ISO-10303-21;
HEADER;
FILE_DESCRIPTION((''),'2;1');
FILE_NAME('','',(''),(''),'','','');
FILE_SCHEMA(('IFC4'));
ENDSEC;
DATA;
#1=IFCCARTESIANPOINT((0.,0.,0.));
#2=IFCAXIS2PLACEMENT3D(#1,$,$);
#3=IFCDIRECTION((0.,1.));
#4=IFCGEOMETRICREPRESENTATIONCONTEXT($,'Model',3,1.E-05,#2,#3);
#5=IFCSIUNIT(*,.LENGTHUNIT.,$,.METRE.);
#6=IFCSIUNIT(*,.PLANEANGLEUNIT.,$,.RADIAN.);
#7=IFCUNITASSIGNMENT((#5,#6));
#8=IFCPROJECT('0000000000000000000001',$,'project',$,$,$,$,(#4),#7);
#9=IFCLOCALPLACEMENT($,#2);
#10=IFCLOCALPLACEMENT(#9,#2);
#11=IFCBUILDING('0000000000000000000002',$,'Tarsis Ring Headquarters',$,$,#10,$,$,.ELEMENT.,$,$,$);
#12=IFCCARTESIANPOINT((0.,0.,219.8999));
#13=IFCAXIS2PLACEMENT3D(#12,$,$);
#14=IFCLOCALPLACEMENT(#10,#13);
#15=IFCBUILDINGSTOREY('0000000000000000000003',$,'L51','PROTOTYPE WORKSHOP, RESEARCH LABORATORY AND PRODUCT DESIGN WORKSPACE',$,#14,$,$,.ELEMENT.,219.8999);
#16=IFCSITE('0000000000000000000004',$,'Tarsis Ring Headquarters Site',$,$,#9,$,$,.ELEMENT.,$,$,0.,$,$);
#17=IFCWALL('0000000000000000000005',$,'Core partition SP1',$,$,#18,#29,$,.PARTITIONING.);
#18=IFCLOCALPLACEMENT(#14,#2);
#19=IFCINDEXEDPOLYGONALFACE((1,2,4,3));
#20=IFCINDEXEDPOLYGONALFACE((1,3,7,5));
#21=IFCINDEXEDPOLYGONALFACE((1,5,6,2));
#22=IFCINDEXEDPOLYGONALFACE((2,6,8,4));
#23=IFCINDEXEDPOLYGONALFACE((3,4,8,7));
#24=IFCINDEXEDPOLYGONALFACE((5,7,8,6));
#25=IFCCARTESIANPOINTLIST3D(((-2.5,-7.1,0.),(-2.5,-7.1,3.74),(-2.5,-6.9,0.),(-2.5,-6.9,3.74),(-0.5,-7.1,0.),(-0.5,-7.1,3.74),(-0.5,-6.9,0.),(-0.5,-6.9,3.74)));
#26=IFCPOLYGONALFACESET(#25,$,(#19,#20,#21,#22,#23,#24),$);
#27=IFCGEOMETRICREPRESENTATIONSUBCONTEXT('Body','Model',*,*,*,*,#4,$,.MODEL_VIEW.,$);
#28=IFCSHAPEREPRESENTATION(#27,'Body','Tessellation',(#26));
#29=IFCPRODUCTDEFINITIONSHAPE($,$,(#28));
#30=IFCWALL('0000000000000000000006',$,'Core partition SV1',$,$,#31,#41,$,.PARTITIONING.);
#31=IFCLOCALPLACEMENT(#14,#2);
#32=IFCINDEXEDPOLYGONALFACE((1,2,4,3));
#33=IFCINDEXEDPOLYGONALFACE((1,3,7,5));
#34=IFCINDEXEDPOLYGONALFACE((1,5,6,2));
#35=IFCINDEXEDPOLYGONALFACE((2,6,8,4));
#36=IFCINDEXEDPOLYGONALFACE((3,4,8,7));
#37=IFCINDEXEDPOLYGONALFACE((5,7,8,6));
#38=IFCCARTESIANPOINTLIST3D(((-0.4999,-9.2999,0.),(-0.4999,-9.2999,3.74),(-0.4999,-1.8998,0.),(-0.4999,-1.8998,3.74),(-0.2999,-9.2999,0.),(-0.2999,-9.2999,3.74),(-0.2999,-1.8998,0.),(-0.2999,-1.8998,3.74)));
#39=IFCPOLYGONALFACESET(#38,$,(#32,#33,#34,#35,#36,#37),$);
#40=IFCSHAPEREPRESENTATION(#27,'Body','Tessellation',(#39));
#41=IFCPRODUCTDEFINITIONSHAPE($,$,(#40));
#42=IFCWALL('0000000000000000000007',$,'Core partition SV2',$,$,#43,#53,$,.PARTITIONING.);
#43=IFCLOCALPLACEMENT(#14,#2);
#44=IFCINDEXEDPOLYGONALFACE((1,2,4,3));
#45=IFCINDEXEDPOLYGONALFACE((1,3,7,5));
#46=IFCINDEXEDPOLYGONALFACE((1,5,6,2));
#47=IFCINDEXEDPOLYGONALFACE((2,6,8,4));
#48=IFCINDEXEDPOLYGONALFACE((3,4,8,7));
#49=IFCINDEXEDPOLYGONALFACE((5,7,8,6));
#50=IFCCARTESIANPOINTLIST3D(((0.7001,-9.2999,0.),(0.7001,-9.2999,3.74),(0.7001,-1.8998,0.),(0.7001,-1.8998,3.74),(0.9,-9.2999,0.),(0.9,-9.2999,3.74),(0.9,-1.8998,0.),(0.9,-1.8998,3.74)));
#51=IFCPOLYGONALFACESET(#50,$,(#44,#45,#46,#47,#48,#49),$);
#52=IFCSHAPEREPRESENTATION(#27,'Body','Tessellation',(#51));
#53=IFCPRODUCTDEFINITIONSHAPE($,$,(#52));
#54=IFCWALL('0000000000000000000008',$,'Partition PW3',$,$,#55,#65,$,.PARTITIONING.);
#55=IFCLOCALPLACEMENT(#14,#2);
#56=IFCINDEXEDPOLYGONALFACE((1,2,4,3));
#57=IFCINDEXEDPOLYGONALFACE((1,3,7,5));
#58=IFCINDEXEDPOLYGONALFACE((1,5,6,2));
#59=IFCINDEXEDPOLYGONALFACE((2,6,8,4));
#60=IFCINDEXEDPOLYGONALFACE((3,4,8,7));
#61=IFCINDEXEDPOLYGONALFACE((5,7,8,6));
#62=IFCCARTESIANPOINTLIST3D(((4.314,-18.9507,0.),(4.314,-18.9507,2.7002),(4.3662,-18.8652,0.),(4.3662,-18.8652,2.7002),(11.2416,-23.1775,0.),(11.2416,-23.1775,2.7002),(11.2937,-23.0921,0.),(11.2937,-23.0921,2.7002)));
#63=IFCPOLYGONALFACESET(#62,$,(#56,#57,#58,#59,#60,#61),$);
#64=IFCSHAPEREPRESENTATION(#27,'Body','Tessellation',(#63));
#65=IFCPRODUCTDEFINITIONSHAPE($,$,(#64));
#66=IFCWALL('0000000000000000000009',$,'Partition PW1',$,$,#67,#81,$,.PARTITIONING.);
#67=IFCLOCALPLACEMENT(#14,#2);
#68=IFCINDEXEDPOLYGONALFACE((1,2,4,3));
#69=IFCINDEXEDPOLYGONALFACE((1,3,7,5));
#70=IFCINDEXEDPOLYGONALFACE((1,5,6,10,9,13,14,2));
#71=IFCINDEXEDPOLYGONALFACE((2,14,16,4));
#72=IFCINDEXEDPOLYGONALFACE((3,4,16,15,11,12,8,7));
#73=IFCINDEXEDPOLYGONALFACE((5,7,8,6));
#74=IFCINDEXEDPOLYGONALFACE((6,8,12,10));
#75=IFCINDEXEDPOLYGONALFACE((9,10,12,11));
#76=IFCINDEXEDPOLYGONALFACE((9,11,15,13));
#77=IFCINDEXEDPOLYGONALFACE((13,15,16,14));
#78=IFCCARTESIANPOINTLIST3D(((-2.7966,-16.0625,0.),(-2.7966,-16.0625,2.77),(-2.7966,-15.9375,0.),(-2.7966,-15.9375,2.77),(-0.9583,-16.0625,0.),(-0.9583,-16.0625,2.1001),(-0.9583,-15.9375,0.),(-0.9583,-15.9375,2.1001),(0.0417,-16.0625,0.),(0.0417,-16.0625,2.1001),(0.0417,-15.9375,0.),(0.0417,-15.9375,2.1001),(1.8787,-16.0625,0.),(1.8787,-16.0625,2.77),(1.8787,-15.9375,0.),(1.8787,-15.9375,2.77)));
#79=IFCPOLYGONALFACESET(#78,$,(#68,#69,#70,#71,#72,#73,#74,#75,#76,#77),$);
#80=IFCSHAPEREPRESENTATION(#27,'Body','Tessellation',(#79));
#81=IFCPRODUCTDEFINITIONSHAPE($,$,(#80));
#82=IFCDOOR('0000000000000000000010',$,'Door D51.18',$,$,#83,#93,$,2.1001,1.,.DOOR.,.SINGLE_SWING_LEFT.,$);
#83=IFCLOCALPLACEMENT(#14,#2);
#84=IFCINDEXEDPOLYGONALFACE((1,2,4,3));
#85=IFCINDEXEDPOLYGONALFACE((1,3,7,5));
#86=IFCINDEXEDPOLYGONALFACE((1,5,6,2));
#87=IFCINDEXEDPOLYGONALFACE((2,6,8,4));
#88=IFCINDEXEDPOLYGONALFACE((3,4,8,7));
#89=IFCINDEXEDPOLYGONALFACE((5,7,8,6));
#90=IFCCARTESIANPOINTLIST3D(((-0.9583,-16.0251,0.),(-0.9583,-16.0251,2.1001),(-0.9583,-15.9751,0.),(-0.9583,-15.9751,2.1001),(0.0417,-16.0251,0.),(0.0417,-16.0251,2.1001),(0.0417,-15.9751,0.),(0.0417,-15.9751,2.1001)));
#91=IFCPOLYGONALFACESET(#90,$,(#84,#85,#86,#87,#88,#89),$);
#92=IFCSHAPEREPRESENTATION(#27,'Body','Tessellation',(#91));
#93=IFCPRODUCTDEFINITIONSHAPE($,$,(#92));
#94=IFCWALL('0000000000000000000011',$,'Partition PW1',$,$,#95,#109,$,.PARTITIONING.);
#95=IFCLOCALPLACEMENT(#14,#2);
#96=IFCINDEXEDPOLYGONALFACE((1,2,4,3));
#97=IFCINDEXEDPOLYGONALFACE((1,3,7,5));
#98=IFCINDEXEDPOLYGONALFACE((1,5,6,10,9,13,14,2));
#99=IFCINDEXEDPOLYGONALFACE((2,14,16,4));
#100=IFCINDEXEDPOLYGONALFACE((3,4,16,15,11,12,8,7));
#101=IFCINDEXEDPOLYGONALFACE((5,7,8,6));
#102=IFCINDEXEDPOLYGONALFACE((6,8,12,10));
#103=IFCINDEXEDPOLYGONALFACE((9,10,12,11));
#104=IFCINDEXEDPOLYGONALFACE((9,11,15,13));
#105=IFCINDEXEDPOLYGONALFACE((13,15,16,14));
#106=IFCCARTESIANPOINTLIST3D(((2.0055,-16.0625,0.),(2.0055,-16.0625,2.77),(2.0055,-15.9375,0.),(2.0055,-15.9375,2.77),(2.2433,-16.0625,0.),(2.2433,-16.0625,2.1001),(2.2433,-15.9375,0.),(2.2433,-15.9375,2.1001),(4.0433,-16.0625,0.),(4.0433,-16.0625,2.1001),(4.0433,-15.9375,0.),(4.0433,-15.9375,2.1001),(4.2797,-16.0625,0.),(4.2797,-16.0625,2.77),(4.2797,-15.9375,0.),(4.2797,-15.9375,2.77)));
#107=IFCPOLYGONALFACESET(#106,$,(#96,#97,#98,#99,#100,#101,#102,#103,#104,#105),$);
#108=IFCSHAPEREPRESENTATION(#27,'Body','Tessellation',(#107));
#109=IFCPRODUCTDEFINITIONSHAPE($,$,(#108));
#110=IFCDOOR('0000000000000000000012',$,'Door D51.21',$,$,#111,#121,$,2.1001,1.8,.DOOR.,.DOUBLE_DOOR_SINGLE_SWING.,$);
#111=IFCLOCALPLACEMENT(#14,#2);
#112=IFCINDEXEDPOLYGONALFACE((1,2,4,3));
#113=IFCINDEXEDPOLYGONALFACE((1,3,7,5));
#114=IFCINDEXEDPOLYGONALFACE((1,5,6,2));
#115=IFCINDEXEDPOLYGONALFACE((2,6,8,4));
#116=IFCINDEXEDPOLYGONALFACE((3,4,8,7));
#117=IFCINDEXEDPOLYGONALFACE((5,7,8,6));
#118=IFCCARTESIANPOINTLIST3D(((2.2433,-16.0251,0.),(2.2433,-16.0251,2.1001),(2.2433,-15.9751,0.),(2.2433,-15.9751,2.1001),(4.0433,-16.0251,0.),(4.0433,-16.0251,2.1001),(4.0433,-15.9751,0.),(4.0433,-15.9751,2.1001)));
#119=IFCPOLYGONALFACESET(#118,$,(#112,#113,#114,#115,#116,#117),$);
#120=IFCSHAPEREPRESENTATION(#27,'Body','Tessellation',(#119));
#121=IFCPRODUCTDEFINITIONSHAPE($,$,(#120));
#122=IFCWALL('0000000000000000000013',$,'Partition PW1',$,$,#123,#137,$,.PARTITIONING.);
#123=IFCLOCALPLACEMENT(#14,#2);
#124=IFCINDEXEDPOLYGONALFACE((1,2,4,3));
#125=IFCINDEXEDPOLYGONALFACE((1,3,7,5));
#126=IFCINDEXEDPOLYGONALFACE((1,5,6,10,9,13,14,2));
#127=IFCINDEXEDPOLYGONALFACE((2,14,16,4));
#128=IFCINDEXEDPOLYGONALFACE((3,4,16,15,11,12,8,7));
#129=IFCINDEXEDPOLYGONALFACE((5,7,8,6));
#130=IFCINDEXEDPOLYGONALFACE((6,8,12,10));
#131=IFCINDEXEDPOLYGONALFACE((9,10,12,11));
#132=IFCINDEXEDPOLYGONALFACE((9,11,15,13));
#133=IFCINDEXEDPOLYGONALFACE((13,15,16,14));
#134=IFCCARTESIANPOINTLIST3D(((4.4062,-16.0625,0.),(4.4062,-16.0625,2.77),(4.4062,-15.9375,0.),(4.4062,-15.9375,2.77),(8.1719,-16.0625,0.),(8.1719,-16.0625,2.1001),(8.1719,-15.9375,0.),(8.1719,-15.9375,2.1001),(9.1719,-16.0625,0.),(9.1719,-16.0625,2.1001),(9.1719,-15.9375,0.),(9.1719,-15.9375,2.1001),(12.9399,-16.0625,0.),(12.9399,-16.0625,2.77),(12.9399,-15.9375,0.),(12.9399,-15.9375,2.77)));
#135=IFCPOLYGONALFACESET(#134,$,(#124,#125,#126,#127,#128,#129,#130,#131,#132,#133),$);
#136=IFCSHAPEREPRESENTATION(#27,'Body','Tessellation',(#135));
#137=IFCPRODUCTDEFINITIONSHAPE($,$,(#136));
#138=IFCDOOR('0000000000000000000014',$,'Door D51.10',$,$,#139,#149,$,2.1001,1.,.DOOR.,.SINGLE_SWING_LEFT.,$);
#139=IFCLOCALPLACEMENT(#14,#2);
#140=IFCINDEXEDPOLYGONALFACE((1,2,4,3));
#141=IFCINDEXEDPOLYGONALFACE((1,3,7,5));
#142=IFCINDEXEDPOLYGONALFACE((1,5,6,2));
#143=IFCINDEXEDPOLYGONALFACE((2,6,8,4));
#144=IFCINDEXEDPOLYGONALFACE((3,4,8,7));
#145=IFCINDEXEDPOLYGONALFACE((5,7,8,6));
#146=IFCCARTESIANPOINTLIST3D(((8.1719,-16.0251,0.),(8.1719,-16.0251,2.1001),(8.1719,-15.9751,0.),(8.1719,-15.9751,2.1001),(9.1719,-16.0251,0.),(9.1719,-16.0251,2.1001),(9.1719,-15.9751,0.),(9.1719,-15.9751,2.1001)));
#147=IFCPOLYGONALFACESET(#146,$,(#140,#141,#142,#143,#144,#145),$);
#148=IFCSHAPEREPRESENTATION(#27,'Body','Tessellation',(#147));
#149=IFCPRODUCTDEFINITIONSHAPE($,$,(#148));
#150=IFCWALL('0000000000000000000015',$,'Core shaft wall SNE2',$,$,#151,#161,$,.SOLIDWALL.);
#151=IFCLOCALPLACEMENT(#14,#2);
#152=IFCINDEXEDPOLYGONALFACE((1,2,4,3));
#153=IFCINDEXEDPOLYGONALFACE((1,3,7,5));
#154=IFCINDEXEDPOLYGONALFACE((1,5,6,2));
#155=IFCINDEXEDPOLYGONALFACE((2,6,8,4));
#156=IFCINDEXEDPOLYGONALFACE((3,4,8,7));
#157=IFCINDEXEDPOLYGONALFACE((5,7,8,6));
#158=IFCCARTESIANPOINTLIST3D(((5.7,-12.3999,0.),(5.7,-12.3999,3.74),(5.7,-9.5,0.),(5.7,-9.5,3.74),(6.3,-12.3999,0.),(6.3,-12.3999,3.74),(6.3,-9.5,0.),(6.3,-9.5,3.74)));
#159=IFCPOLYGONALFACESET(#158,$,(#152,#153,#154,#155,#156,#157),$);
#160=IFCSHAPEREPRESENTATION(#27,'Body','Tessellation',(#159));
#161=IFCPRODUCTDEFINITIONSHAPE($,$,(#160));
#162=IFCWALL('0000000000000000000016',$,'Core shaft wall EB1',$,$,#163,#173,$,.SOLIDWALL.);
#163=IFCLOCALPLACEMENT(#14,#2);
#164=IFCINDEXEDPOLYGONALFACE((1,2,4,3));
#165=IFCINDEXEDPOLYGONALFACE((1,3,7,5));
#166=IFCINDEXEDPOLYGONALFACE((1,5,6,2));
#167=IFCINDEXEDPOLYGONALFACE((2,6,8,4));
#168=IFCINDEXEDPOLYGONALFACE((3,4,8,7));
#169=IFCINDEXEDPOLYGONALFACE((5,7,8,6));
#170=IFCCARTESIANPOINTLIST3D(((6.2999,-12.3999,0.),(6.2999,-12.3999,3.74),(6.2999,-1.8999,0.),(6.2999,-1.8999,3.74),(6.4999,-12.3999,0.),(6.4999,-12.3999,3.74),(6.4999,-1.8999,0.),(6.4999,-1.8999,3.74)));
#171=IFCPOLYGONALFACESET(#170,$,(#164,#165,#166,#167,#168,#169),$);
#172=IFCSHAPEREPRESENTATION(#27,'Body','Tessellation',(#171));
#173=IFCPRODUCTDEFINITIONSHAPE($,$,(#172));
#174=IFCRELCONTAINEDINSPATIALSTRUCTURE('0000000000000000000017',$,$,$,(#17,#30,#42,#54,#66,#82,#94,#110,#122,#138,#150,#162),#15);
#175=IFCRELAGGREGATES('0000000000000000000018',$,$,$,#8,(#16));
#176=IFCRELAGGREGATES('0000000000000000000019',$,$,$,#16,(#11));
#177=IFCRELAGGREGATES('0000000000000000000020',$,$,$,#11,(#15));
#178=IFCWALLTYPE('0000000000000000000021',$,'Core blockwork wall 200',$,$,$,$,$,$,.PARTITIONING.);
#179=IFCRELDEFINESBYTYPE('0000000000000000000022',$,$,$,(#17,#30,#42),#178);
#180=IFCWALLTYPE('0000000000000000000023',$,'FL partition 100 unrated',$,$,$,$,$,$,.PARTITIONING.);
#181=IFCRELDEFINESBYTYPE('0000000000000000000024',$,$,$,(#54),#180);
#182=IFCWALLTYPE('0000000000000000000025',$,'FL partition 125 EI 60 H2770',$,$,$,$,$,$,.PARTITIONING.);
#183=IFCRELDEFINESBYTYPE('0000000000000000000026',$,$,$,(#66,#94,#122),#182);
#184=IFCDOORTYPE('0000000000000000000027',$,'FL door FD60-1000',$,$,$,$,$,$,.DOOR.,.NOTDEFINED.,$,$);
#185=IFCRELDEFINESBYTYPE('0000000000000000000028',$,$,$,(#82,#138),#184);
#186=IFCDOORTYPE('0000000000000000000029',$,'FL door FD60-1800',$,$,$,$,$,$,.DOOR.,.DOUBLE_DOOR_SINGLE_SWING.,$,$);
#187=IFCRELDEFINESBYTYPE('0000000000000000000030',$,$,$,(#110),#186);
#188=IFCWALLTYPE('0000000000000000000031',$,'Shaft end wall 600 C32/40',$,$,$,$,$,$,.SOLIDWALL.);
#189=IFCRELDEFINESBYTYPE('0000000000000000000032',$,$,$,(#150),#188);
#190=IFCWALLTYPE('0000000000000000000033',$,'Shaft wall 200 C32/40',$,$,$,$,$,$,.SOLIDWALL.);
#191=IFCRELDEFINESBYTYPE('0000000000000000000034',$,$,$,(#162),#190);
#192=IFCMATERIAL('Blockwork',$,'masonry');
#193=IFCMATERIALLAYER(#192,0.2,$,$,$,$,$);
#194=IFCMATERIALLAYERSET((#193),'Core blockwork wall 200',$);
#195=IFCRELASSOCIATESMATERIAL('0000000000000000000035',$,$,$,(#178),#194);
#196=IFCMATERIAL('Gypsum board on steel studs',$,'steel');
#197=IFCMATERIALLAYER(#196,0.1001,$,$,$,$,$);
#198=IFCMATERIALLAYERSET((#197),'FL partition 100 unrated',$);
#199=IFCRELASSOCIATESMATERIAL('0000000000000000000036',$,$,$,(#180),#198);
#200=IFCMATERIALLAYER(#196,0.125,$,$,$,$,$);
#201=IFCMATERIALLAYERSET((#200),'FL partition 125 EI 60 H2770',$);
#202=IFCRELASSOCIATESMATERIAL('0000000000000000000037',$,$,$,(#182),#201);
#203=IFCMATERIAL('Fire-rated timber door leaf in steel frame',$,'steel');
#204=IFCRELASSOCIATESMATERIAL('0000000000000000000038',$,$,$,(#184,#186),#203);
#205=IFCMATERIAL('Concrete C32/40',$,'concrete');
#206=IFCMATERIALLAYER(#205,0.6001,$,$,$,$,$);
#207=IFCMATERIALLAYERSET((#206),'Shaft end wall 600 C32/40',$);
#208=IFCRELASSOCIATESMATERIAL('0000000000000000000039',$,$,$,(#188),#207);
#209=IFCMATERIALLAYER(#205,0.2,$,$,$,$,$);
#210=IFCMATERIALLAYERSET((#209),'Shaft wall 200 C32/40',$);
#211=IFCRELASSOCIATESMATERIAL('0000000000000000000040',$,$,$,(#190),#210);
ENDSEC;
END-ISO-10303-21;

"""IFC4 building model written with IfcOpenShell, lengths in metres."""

from ifc_helpers import new_model, si_unit, direction, frame, frame_2d, origin, place, context, subcontext, project, spatial, rectangle, extrude, material, layer, layer_set, type_object, element, fill, save


model = new_model("IFC4")

# Units and contexts
model_context = context("Model", 3, precision=1e-05, world=origin(), true_north=direction((0.0, 1.0)))
body_context = subcontext(model_context, "Body", "Model", "MODEL_VIEW")
ifc_project = project(units=[si_unit("LENGTHUNIT", "METRE"), si_unit("PLANEANGLEUNIT", "RADIAN")], contexts=[model_context])

# Site, building, storey
site_placement = place(None, origin())
site = spatial("IfcSite", under=ifc_project, at=site_placement, Name="Tarsis Ring Headquarters Site", CompositionType="ELEMENT", RefElevation=0.0)
building_placement = place(site_placement, origin())
building = spatial("IfcBuilding", under=site, at=building_placement, Name="Tarsis Ring Headquarters", CompositionType="ELEMENT")
storey_placement = place(building_placement, frame((0.0, 0.0, 219.8999)))
storey = spatial("IfcBuildingStorey", under=building, at=storey_placement, Name="L51", Description="PROTOTYPE WORKSHOP, RESEARCH LABORATORY AND PRODUCT DESIGN WORKSPACE", CompositionType="ELEMENT", Elevation=219.8999)

# Walls
ifc_material_1 = material(Name="Blockwork", Category="masonry")
ifc_layer_1 = layer(ifc_material_1, 0.2)
ifc_layer_set_1 = layer_set([ifc_layer_1], Name="Core blockwork wall 200")
wall_type_1 = type_object("IfcWallType", Name="Core blockwork wall 200", PredefinedType="PARTITIONING", material=ifc_layer_set_1)
wall_1_placement = place(storey_placement, frame((-2.5, -7.0, 0.0), z_axis=(0.0, 0.0, 1.0), x_axis=(1.0, 0.0, 0.0)))
element("IfcWall", 1, at=wall_1_placement, inside=storey, type_object=wall_type_1, Name="Core partition SP1", PredefinedType="PARTITIONING", context=body_context, shape_type="SweptSolid", body=[
    extrude(rectangle(XDim=2.0, YDim=0.2, at=frame_2d((1.0, 0.0))), origin(), (0.0, 0.0, 1.0), 3.74),
])
for number, where, z_axis, x_axis, name in (
    (2, (-0.3999, -9.3, 0.0), (0.0, 0.0, 1.0), (0.0, 1.0, 0.0), "Core partition SV1"),
    (3, (0.8, -9.3, 0.0), (0.0, 0.0, 1.0), (0.0, 1.0, 0.0), "Core partition SV2"),
):
    element("IfcWall", number, at=place(storey_placement, frame(where, z_axis=z_axis, x_axis=x_axis)), inside=storey, type_object=wall_type_1, Name=name, PredefinedType="PARTITIONING", context=body_context, shape_type="SweptSolid", body=[
        extrude(rectangle(XDim=7.4001, YDim=0.2, at=frame_2d((3.7002, 0.0))), origin(), (0.0, 0.0, 1.0), 3.74),
    ])
ifc_material_2 = material(Name="Gypsum board on steel studs", Category="steel")
ifc_layer_2 = layer(ifc_material_2, 0.1001)
ifc_layer_set_2 = layer_set([ifc_layer_2], Name="FL partition 100 unrated")
wall_type_2 = type_object("IfcWallType", Name="FL partition 100 unrated", PredefinedType="PARTITIONING", material=ifc_layer_set_2)
wall_2_placement = place(storey_placement, frame((4.3401, -18.908, 0.0), z_axis=(0.0, 0.0, 1.0), x_axis=(0.853647, -0.520852, 0.0)))
element("IfcWall", 4, at=wall_2_placement, inside=storey, type_object=wall_type_2, Name="Partition PW3", PredefinedType="PARTITIONING", context=body_context, shape_type="SweptSolid", body=[
    extrude(rectangle(XDim=8.1152, YDim=0.1001, at=frame_2d((4.0576, 0.0))), origin(), (0.0, 0.0, 1.0), 2.7002),
])

# Walls, openings, doors
ifc_layer_3 = layer(ifc_material_2, 0.125)
ifc_layer_set_3 = layer_set([ifc_layer_3], Name="FL partition 125 EI 60 H2770")
wall_type_3 = type_object("IfcWallType", Name="FL partition 125 EI 60 H2770", PredefinedType="PARTITIONING", material=ifc_layer_set_3)
wall_3_placement = place(storey_placement, frame((-2.7966, -16.0, 0.0), z_axis=(0.0, 0.0, 1.0), x_axis=(1.0, 0.0, 0.0)))
wall_3 = element("IfcWall", 5, at=wall_3_placement, inside=storey, type_object=wall_type_3, Name="Partition PW1", PredefinedType="PARTITIONING", context=body_context, shape_type="SweptSolid", body=[
    extrude(rectangle(XDim=4.6753, YDim=0.125, at=frame_2d((2.3376, 0.0))), origin(), (0.0, 0.0, 1.0), 2.77),
])
opening_1_placement = place(wall_3_placement, frame((1.8384, 0.0, 0.0)))
opening_1 = element("IfcOpeningElement", 6, at=opening_1_placement, cuts=wall_3, PredefinedType="OPENING", context=body_context, shape_type="SweptSolid", body=[
    extrude(rectangle(XDim=1.0, YDim=2.1001, at=frame_2d((0.5, 1.05))), frame((0.0, 0.0725, 0.0), z_axis=(0.0, -1.0, 0.0), x_axis=(1.0, 0.0, 0.0)), (0.0, 0.0, 1.0), 0.145),
])
ifc_material_3 = material(Name="Fire-rated timber door leaf in steel frame", Category="steel")
door_type_1 = type_object("IfcDoorType", Name="FL door FD60-1000", OperationType="NOTDEFINED", PredefinedType="DOOR", material=ifc_material_3)
door_1_placement = place(opening_1_placement, origin())
door_1 = element("IfcDoor", 7, at=door_1_placement, inside=storey, type_object=door_type_1, Name="Door D51.18", OperationType="SINGLE_SWING_LEFT", OverallHeight=2.1001, OverallWidth=1.0, PredefinedType="DOOR", context=body_context, shape_type="SweptSolid", body=[
    extrude(rectangle(XDim=1.0, YDim=2.1001, at=frame_2d((0.5, 1.05))), frame((0.0, 0.0249, 0.0), z_axis=(0.0, -1.0, 0.0), x_axis=(1.0, 0.0, 0.0)), (0.0, 0.0, 1.0), 0.05),
])
fill(opening_1, door_1)
wall_4_placement = place(storey_placement, frame((2.0054, -16.0, 0.0), z_axis=(0.0, 0.0, 1.0), x_axis=(1.0, 0.0, 0.0)))
wall_4 = element("IfcWall", 8, at=wall_4_placement, inside=storey, type_object=wall_type_3, Name="Partition PW1", PredefinedType="PARTITIONING", context=body_context, shape_type="SweptSolid", body=[
    extrude(rectangle(XDim=2.2742, YDim=0.125, at=frame_2d((1.1372, 0.0))), origin(), (0.0, 0.0, 1.0), 2.77),
])
opening_2_placement = place(wall_4_placement, frame((0.238, 0.0, 0.0)))
opening_2 = element("IfcOpeningElement", 9, at=opening_2_placement, cuts=wall_4, PredefinedType="OPENING", context=body_context, shape_type="SweptSolid", body=[
    extrude(rectangle(XDim=1.8, YDim=2.1001, at=frame_2d((0.8999, 1.05))), frame((0.0, 0.0725, 0.0), z_axis=(0.0, -1.0, 0.0), x_axis=(1.0, 0.0, 0.0)), (0.0, 0.0, 1.0), 0.145),
])
door_type_2 = type_object("IfcDoorType", Name="FL door FD60-1800", OperationType="DOUBLE_DOOR_SINGLE_SWING", PredefinedType="DOOR", material=ifc_material_3)
door_2_placement = place(opening_2_placement, origin())
door_2 = element("IfcDoor", 10, at=door_2_placement, inside=storey, type_object=door_type_2, Name="Door D51.21", OperationType="DOUBLE_DOOR_SINGLE_SWING", OverallHeight=2.1001, OverallWidth=1.8, PredefinedType="DOOR", context=body_context, shape_type="SweptSolid", body=[
    extrude(rectangle(XDim=1.8, YDim=2.1001, at=frame_2d((0.8999, 1.05))), frame((0.0, 0.0249, 0.0), z_axis=(0.0, -1.0, 0.0), x_axis=(1.0, 0.0, 0.0)), (0.0, 0.0, 1.0), 0.05),
])
fill(opening_2, door_2)
wall_5_placement = place(storey_placement, frame((4.4062, -16.0, 0.0), z_axis=(0.0, 0.0, 1.0), x_axis=(1.0, 0.0, 0.0)))
wall_5 = element("IfcWall", 11, at=wall_5_placement, inside=storey, type_object=wall_type_3, Name="Partition PW1", PredefinedType="PARTITIONING", context=body_context, shape_type="SweptSolid", body=[
    extrude(rectangle(XDim=8.5337, YDim=0.125, at=frame_2d((4.2668, 0.0))), origin(), (0.0, 0.0, 1.0), 2.77),
])
opening_3_placement = place(wall_5_placement, frame((3.7656, 0.0, 0.0)))
opening_3 = element("IfcOpeningElement", 12, at=opening_3_placement, cuts=wall_5, PredefinedType="OPENING", context=body_context, shape_type="SweptSolid", body=[
    extrude(rectangle(XDim=1.0, YDim=2.1001, at=frame_2d((0.5, 1.05))), frame((0.0, 0.0725, 0.0), z_axis=(0.0, -1.0, 0.0), x_axis=(1.0, 0.0, 0.0)), (0.0, 0.0, 1.0), 0.145),
])
door_3_placement = place(opening_3_placement, origin())
door_3 = element("IfcDoor", 13, at=door_3_placement, inside=storey, type_object=door_type_1, Name="Door D51.10", OperationType="SINGLE_SWING_LEFT", OverallHeight=2.1001, OverallWidth=1.0, PredefinedType="DOOR", context=body_context, shape_type="SweptSolid", body=[
    extrude(rectangle(XDim=1.0, YDim=2.1001, at=frame_2d((0.5, 1.05))), frame((0.0, 0.0249, 0.0), z_axis=(0.0, -1.0, 0.0), x_axis=(1.0, 0.0, 0.0)), (0.0, 0.0, 1.0), 0.05),
])
fill(opening_3, door_3)

# Walls
ifc_material_4 = material(Name="Concrete C32/40", Category="concrete")
ifc_layer_4 = layer(ifc_material_4, 0.6001)
ifc_layer_set_4 = layer_set([ifc_layer_4], Name="Shaft end wall 600 C32/40")
wall_type_4 = type_object("IfcWallType", Name="Shaft end wall 600 C32/40", PredefinedType="SOLIDWALL", material=ifc_layer_set_4)
wall_6_placement = place(storey_placement, frame((6.0, -12.3999, 0.0), z_axis=(0.0, 0.0, 1.0), x_axis=(0.0, 1.0, 0.0)))
element("IfcWall", 14, at=wall_6_placement, inside=storey, type_object=wall_type_4, Name="Core shaft wall SNE2", PredefinedType="SOLIDWALL", context=body_context, shape_type="SweptSolid", body=[
    extrude(rectangle(XDim=2.8999, YDim=0.6001, at=frame_2d((1.45, 0.0))), origin(), (0.0, 0.0, 1.0), 3.74),
])
ifc_layer_5 = layer(ifc_material_4, 0.2)
ifc_layer_set_5 = layer_set([ifc_layer_5], Name="Shaft wall 200 C32/40")
wall_type_5 = type_object("IfcWallType", Name="Shaft wall 200 C32/40", PredefinedType="SOLIDWALL", material=ifc_layer_set_5)
wall_7_placement = place(storey_placement, frame((6.3999, -12.3999, 0.0), z_axis=(0.0, 0.0, 1.0), x_axis=(0.0, 1.0, 0.0)))
element("IfcWall", 15, at=wall_7_placement, inside=storey, type_object=wall_type_5, Name="Core shaft wall EB1", PredefinedType="SOLIDWALL", context=body_context, shape_type="SweptSolid", body=[
    extrude(rectangle(XDim=10.5, YDim=0.2, at=frame_2d((5.25, 0.0))), origin(), (0.0, 0.0, 1.0), 3.74),
])

save(model, "model.ifc")
